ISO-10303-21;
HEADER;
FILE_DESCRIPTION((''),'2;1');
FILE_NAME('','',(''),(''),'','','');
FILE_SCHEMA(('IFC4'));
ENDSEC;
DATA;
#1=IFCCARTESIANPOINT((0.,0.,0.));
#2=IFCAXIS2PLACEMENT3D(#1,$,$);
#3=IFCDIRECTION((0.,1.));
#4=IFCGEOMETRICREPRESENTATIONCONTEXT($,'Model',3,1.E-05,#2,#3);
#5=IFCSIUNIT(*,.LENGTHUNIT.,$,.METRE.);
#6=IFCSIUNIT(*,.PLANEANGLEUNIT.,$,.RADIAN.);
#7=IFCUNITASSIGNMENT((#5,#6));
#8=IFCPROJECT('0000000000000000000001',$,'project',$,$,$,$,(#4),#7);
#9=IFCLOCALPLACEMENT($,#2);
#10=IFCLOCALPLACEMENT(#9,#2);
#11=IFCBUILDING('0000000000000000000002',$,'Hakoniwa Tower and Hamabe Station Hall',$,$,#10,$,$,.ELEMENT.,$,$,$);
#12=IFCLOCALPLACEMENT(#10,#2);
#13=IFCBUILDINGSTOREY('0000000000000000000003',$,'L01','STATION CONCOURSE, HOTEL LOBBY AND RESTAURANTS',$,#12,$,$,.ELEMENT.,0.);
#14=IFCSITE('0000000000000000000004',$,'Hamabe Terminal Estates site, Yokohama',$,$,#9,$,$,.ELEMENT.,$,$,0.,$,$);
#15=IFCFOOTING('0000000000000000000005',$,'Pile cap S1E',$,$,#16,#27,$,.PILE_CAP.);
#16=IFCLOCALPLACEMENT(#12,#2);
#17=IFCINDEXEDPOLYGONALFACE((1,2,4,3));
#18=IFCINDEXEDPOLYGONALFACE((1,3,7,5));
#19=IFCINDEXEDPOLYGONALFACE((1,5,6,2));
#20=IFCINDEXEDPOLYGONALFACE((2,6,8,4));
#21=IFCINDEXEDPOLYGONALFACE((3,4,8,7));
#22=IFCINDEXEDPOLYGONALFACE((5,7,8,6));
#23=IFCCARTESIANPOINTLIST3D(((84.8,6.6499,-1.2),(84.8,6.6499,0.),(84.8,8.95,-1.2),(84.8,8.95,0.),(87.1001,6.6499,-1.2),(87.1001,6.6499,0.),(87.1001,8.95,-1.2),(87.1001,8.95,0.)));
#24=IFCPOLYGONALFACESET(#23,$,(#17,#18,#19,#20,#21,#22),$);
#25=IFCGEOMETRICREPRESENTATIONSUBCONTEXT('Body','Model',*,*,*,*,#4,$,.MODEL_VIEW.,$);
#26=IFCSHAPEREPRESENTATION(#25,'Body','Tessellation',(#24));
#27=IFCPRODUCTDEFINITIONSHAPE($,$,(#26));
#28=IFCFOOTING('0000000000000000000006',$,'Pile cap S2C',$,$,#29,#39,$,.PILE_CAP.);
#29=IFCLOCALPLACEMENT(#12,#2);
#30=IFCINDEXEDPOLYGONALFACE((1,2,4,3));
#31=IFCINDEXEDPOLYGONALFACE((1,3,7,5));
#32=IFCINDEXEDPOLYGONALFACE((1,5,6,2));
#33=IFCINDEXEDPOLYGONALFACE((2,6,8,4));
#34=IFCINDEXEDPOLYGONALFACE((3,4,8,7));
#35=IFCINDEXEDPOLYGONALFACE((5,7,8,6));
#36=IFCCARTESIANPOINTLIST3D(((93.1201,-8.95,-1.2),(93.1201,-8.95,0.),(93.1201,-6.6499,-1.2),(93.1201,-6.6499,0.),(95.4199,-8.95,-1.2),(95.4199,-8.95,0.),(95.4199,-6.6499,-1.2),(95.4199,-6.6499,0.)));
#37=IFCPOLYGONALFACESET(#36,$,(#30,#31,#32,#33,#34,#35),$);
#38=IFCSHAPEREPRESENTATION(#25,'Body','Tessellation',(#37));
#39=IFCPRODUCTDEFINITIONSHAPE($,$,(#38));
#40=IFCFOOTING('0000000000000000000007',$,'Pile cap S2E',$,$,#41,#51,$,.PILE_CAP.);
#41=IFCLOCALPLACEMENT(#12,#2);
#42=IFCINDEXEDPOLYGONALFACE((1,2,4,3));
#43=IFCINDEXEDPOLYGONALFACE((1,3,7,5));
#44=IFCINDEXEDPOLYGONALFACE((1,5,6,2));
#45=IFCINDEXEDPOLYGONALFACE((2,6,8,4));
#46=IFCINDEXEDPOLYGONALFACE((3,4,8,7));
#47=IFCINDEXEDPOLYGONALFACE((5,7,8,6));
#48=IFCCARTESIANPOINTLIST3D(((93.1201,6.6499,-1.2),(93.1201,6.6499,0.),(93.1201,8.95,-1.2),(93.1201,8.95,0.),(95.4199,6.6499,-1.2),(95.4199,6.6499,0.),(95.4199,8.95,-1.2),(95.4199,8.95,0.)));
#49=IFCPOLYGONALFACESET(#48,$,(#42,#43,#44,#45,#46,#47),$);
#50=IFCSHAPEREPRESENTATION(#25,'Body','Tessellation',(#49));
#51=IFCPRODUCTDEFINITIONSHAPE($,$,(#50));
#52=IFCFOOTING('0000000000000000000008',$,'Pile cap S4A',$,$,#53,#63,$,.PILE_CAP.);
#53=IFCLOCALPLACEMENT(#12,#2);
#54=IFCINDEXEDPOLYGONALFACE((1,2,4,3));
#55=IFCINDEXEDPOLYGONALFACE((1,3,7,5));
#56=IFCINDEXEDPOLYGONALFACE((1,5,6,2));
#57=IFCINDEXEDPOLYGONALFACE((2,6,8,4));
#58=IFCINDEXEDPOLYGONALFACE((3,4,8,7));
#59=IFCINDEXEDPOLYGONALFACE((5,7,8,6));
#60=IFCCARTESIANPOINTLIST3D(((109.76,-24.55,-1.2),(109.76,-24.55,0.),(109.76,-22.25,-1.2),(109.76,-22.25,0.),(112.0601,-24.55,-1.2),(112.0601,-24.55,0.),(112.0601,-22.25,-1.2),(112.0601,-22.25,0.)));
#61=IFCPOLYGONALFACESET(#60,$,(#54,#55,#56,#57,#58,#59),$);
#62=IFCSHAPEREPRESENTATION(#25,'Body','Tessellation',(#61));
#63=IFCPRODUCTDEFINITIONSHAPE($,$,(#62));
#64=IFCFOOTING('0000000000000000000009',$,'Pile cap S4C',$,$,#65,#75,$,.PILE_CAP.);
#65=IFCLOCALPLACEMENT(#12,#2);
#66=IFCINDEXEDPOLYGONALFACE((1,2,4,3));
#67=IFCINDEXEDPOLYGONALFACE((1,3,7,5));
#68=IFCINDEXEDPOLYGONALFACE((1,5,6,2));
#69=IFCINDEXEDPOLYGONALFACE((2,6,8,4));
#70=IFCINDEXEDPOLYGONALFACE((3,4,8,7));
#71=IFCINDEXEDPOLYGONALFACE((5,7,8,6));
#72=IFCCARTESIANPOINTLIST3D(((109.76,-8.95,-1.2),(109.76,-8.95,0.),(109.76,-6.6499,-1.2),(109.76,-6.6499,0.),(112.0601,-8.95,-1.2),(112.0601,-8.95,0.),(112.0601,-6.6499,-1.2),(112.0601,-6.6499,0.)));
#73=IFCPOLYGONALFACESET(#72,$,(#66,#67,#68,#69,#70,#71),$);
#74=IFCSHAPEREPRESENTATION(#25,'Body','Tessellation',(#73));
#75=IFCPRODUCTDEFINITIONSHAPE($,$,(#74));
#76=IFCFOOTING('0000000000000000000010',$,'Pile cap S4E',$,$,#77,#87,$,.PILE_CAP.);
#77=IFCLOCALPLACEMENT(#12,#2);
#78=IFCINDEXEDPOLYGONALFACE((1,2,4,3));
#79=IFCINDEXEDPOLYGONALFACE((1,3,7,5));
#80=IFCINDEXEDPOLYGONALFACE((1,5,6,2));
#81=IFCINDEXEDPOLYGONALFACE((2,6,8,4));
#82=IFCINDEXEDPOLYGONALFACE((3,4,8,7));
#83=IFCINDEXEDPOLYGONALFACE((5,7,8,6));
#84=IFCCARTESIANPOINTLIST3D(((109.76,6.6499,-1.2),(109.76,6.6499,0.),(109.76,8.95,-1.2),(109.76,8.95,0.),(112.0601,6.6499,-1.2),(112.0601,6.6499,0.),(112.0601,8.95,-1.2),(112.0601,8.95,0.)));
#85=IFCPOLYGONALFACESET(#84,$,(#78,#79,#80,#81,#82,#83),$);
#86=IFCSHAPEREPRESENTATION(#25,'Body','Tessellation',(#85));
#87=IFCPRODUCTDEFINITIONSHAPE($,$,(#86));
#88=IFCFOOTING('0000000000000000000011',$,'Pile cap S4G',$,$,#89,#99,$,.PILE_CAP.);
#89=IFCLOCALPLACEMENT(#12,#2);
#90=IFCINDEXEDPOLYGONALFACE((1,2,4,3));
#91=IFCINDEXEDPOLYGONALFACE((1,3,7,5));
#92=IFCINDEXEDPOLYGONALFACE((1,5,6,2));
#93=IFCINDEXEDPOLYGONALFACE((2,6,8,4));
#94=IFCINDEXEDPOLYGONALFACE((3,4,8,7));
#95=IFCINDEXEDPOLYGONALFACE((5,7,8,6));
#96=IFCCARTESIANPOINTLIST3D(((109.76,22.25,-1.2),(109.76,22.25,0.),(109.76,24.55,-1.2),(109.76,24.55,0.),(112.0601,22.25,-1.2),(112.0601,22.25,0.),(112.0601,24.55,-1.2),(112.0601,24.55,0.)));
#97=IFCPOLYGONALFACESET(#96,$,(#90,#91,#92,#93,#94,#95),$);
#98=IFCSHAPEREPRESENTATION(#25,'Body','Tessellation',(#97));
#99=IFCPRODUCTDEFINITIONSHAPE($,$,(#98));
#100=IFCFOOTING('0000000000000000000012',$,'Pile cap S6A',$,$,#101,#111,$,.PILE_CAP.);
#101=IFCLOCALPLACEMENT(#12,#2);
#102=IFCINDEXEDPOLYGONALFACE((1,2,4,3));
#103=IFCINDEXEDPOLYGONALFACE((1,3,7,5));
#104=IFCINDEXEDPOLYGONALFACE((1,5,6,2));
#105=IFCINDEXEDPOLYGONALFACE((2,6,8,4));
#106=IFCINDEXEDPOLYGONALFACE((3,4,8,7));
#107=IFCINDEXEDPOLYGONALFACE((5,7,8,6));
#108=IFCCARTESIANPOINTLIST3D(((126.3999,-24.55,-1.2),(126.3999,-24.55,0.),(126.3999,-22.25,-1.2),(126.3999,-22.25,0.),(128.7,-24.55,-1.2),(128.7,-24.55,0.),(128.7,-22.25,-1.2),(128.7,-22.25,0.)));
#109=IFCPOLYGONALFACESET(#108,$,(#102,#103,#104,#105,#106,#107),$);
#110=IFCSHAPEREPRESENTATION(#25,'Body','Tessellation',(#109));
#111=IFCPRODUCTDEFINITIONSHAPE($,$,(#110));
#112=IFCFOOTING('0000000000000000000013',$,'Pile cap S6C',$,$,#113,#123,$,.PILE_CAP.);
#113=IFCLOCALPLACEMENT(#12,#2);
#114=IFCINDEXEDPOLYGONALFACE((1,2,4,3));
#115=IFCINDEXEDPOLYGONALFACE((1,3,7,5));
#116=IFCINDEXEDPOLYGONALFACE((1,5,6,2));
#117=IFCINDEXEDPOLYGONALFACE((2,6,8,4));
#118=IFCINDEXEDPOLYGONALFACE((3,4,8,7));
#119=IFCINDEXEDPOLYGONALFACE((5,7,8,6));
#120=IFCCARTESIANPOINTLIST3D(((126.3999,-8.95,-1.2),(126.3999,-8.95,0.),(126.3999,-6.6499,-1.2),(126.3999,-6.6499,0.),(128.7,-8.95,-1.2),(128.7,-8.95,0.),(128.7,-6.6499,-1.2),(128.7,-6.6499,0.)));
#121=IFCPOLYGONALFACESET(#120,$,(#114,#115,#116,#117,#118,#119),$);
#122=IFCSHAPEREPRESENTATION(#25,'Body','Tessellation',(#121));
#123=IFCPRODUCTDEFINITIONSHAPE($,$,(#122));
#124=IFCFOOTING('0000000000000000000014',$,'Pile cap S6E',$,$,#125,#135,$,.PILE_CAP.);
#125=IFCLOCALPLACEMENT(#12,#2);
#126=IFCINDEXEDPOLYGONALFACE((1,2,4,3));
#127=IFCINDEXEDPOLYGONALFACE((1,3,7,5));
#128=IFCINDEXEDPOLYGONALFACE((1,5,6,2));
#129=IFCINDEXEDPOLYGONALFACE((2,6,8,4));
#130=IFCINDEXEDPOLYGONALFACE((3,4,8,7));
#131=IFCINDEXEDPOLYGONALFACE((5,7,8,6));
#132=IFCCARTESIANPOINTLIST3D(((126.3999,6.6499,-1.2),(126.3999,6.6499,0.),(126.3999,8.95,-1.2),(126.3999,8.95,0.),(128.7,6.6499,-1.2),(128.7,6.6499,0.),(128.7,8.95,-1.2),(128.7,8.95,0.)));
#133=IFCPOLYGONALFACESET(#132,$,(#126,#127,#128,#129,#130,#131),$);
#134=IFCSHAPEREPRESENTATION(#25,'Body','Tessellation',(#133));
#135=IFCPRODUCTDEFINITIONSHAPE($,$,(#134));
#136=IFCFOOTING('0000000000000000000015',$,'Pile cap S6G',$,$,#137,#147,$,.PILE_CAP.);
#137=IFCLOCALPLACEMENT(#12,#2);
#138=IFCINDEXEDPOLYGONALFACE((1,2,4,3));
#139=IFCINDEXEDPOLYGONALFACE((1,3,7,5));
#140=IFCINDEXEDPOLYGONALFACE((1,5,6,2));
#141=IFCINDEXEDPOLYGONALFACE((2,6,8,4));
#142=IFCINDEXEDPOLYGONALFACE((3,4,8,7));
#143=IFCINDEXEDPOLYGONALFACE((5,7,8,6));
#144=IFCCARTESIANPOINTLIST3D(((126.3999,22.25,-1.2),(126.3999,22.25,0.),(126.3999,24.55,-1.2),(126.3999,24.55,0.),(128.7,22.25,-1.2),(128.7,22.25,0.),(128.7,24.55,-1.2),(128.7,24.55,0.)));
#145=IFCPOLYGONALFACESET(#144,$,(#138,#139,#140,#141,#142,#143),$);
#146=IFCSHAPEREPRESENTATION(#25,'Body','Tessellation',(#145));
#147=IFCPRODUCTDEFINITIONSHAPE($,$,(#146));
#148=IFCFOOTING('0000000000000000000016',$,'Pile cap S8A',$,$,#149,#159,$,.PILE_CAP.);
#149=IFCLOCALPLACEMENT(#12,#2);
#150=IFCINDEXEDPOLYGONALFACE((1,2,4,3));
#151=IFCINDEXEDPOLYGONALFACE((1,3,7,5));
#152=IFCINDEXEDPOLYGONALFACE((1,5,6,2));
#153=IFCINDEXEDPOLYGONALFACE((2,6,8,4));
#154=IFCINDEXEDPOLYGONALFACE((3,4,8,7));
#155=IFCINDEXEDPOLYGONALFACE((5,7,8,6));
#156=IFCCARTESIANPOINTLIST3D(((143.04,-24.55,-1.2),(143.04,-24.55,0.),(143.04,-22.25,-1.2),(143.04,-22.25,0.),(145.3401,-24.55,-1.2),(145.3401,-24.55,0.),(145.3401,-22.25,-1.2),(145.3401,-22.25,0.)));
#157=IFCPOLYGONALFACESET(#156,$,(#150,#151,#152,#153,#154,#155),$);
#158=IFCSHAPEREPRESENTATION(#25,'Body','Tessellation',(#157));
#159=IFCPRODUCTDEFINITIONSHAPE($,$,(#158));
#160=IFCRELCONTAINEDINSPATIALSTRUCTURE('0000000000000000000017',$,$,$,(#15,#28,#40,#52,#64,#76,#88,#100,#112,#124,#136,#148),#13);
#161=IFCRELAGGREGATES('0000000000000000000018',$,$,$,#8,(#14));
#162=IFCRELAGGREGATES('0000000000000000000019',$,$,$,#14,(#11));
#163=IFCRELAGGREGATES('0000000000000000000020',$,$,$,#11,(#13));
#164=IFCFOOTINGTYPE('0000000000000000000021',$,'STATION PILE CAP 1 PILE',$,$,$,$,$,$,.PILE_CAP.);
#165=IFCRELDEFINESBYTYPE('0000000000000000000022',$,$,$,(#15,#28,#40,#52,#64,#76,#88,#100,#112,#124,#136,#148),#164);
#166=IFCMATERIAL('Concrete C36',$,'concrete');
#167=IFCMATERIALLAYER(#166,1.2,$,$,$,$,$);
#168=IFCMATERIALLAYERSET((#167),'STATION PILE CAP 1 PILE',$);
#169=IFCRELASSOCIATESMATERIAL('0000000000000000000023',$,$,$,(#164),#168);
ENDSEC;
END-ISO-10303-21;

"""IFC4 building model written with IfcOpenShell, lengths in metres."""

from ifc_helpers import new_model, si_unit, direction, frame, origin, place, context, subcontext, project, spatial, polyline, outline, extrude, material, layer, layer_set, type_object, element, save


model = new_model("IFC4")

# Units and contexts
model_context = context("Model", 3, precision=1e-05, world=origin(), true_north=direction((0.0, 1.0)))
body_context = subcontext(model_context, "Body", "Model", "MODEL_VIEW")
ifc_project = project(units=[si_unit("LENGTHUNIT", "METRE"), si_unit("PLANEANGLEUNIT", "RADIAN")], contexts=[model_context])

# Site, building, storey
site_placement = place(None, origin())
site = spatial("IfcSite", under=ifc_project, at=site_placement, Name="Hamabe Terminal Estates site, Yokohama", CompositionType="ELEMENT", RefElevation=0.0)
building_placement = place(site_placement, origin())
building = spatial("IfcBuilding", under=site, at=building_placement, Name="Hakoniwa Tower and Hamabe Station Hall", CompositionType="ELEMENT")
storey_placement = place(building_placement, origin())
storey = spatial("IfcBuildingStorey", under=building, at=storey_placement, Name="L01", Description="STATION CONCOURSE, HOTEL LOBBY AND RESTAURANTS", CompositionType="ELEMENT", Elevation=0.0)

# Footings
ifc_material_1 = material(Name="Concrete C36", Category="concrete")
ifc_layer_1 = layer(ifc_material_1, 1.2)
ifc_layer_set_1 = layer_set([ifc_layer_1], Name="STATION PILE CAP 1 PILE")
footing_type_1 = type_object("IfcFootingType", Name="STATION PILE CAP 1 PILE", PredefinedType="PILE_CAP", material=ifc_layer_set_1)
footing_1_placement = place(storey_placement, frame((0.0, 0.0, -1.2)))
element("IfcFooting", 1, at=footing_1_placement, inside=storey, type_object=footing_type_1, Name="Pile cap S1E", PredefinedType="PILE_CAP", context=body_context, shape_type="SweptSolid", body=[
    extrude(outline(polyline([(87.1001, 6.6499), (87.1001, 8.95), (84.8, 8.95), (84.8, 6.6499), (87.1001, 6.6499)])), origin(), (0.0, 0.0, 1.0), 1.2),
])
footing_2_placement = place(storey_placement, frame((0.0, 0.0, -1.2)))
element("IfcFooting", 2, at=footing_2_placement, inside=storey, type_object=footing_type_1, Name="Pile cap S2C", PredefinedType="PILE_CAP", context=body_context, shape_type="SweptSolid", body=[
    extrude(outline(polyline([(95.4199, -8.95), (95.4199, -6.6499), (93.1201, -6.6499), (93.1201, -8.95), (95.4199, -8.95)])), origin(), (0.0, 0.0, 1.0), 1.2),
])
footing_3_placement = place(storey_placement, frame((0.0, 0.0, -1.2)))
element("IfcFooting", 3, at=footing_3_placement, inside=storey, type_object=footing_type_1, Name="Pile cap S2E", PredefinedType="PILE_CAP", context=body_context, shape_type="SweptSolid", body=[
    extrude(outline(polyline([(95.4199, 6.6499), (95.4199, 8.95), (93.1201, 8.95), (93.1201, 6.6499), (95.4199, 6.6499)])), origin(), (0.0, 0.0, 1.0), 1.2),
])
footing_4_placement = place(storey_placement, frame((0.0, 0.0, -1.2)))
element("IfcFooting", 4, at=footing_4_placement, inside=storey, type_object=footing_type_1, Name="Pile cap S4A", PredefinedType="PILE_CAP", context=body_context, shape_type="SweptSolid", body=[
    extrude(outline(polyline([(112.0601, -24.55), (112.0601, -22.25), (109.76, -22.25), (109.76, -24.55), (112.0601, -24.55)])), origin(), (0.0, 0.0, 1.0), 1.2),
])
footing_5_placement = place(storey_placement, frame((0.0, 0.0, -1.2)))
element("IfcFooting", 5, at=footing_5_placement, inside=storey, type_object=footing_type_1, Name="Pile cap S4C", PredefinedType="PILE_CAP", context=body_context, shape_type="SweptSolid", body=[
    extrude(outline(polyline([(112.0601, -8.95), (112.0601, -6.6499), (109.76, -6.6499), (109.76, -8.95), (112.0601, -8.95)])), origin(), (0.0, 0.0, 1.0), 1.2),
])
footing_6_placement = place(storey_placement, frame((0.0, 0.0, -1.2)))
element("IfcFooting", 6, at=footing_6_placement, inside=storey, type_object=footing_type_1, Name="Pile cap S4E", PredefinedType="PILE_CAP", context=body_context, shape_type="SweptSolid", body=[
    extrude(outline(polyline([(112.0601, 6.6499), (112.0601, 8.95), (109.76, 8.95), (109.76, 6.6499), (112.0601, 6.6499)])), origin(), (0.0, 0.0, 1.0), 1.2),
])
footing_7_placement = place(storey_placement, frame((0.0, 0.0, -1.2)))
element("IfcFooting", 7, at=footing_7_placement, inside=storey, type_object=footing_type_1, Name="Pile cap S4G", PredefinedType="PILE_CAP", context=body_context, shape_type="SweptSolid", body=[
    extrude(outline(polyline([(112.0601, 22.25), (112.0601, 24.55), (109.76, 24.55), (109.76, 22.25), (112.0601, 22.25)])), origin(), (0.0, 0.0, 1.0), 1.2),
])
footing_8_placement = place(storey_placement, frame((0.0, 0.0, -1.2)))
element("IfcFooting", 8, at=footing_8_placement, inside=storey, type_object=footing_type_1, Name="Pile cap S6A", PredefinedType="PILE_CAP", context=body_context, shape_type="SweptSolid", body=[
    extrude(outline(polyline([(128.7, -24.55), (128.7, -22.25), (126.3999, -22.25), (126.3999, -24.55), (128.7, -24.55)])), origin(), (0.0, 0.0, 1.0), 1.2),
])
footing_9_placement = place(storey_placement, frame((0.0, 0.0, -1.2)))
element("IfcFooting", 9, at=footing_9_placement, inside=storey, type_object=footing_type_1, Name="Pile cap S6C", PredefinedType="PILE_CAP", context=body_context, shape_type="SweptSolid", body=[
    extrude(outline(polyline([(128.7, -8.95), (128.7, -6.6499), (126.3999, -6.6499), (126.3999, -8.95), (128.7, -8.95)])), origin(), (0.0, 0.0, 1.0), 1.2),
])
footing_10_placement = place(storey_placement, frame((0.0, 0.0, -1.2)))
element("IfcFooting", 10, at=footing_10_placement, inside=storey, type_object=footing_type_1, Name="Pile cap S6E", PredefinedType="PILE_CAP", context=body_context, shape_type="SweptSolid", body=[
    extrude(outline(polyline([(128.7, 6.6499), (128.7, 8.95), (126.3999, 8.95), (126.3999, 6.6499), (128.7, 6.6499)])), origin(), (0.0, 0.0, 1.0), 1.2),
])
footing_11_placement = place(storey_placement, frame((0.0, 0.0, -1.2)))
element("IfcFooting", 11, at=footing_11_placement, inside=storey, type_object=footing_type_1, Name="Pile cap S6G", PredefinedType="PILE_CAP", context=body_context, shape_type="SweptSolid", body=[
    extrude(outline(polyline([(128.7, 22.25), (128.7, 24.55), (126.3999, 24.55), (126.3999, 22.25), (128.7, 22.25)])), origin(), (0.0, 0.0, 1.0), 1.2),
])
footing_12_placement = place(storey_placement, frame((0.0, 0.0, -1.2)))
element("IfcFooting", 12, at=footing_12_placement, inside=storey, type_object=footing_type_1, Name="Pile cap S8A", PredefinedType="PILE_CAP", context=body_context, shape_type="SweptSolid", body=[
    extrude(outline(polyline([(145.3401, -24.55), (145.3401, -22.25), (143.04, -22.25), (143.04, -24.55), (145.3401, -24.55)])), origin(), (0.0, 0.0, 1.0), 1.2),
])

save(model, "model.ifc")
